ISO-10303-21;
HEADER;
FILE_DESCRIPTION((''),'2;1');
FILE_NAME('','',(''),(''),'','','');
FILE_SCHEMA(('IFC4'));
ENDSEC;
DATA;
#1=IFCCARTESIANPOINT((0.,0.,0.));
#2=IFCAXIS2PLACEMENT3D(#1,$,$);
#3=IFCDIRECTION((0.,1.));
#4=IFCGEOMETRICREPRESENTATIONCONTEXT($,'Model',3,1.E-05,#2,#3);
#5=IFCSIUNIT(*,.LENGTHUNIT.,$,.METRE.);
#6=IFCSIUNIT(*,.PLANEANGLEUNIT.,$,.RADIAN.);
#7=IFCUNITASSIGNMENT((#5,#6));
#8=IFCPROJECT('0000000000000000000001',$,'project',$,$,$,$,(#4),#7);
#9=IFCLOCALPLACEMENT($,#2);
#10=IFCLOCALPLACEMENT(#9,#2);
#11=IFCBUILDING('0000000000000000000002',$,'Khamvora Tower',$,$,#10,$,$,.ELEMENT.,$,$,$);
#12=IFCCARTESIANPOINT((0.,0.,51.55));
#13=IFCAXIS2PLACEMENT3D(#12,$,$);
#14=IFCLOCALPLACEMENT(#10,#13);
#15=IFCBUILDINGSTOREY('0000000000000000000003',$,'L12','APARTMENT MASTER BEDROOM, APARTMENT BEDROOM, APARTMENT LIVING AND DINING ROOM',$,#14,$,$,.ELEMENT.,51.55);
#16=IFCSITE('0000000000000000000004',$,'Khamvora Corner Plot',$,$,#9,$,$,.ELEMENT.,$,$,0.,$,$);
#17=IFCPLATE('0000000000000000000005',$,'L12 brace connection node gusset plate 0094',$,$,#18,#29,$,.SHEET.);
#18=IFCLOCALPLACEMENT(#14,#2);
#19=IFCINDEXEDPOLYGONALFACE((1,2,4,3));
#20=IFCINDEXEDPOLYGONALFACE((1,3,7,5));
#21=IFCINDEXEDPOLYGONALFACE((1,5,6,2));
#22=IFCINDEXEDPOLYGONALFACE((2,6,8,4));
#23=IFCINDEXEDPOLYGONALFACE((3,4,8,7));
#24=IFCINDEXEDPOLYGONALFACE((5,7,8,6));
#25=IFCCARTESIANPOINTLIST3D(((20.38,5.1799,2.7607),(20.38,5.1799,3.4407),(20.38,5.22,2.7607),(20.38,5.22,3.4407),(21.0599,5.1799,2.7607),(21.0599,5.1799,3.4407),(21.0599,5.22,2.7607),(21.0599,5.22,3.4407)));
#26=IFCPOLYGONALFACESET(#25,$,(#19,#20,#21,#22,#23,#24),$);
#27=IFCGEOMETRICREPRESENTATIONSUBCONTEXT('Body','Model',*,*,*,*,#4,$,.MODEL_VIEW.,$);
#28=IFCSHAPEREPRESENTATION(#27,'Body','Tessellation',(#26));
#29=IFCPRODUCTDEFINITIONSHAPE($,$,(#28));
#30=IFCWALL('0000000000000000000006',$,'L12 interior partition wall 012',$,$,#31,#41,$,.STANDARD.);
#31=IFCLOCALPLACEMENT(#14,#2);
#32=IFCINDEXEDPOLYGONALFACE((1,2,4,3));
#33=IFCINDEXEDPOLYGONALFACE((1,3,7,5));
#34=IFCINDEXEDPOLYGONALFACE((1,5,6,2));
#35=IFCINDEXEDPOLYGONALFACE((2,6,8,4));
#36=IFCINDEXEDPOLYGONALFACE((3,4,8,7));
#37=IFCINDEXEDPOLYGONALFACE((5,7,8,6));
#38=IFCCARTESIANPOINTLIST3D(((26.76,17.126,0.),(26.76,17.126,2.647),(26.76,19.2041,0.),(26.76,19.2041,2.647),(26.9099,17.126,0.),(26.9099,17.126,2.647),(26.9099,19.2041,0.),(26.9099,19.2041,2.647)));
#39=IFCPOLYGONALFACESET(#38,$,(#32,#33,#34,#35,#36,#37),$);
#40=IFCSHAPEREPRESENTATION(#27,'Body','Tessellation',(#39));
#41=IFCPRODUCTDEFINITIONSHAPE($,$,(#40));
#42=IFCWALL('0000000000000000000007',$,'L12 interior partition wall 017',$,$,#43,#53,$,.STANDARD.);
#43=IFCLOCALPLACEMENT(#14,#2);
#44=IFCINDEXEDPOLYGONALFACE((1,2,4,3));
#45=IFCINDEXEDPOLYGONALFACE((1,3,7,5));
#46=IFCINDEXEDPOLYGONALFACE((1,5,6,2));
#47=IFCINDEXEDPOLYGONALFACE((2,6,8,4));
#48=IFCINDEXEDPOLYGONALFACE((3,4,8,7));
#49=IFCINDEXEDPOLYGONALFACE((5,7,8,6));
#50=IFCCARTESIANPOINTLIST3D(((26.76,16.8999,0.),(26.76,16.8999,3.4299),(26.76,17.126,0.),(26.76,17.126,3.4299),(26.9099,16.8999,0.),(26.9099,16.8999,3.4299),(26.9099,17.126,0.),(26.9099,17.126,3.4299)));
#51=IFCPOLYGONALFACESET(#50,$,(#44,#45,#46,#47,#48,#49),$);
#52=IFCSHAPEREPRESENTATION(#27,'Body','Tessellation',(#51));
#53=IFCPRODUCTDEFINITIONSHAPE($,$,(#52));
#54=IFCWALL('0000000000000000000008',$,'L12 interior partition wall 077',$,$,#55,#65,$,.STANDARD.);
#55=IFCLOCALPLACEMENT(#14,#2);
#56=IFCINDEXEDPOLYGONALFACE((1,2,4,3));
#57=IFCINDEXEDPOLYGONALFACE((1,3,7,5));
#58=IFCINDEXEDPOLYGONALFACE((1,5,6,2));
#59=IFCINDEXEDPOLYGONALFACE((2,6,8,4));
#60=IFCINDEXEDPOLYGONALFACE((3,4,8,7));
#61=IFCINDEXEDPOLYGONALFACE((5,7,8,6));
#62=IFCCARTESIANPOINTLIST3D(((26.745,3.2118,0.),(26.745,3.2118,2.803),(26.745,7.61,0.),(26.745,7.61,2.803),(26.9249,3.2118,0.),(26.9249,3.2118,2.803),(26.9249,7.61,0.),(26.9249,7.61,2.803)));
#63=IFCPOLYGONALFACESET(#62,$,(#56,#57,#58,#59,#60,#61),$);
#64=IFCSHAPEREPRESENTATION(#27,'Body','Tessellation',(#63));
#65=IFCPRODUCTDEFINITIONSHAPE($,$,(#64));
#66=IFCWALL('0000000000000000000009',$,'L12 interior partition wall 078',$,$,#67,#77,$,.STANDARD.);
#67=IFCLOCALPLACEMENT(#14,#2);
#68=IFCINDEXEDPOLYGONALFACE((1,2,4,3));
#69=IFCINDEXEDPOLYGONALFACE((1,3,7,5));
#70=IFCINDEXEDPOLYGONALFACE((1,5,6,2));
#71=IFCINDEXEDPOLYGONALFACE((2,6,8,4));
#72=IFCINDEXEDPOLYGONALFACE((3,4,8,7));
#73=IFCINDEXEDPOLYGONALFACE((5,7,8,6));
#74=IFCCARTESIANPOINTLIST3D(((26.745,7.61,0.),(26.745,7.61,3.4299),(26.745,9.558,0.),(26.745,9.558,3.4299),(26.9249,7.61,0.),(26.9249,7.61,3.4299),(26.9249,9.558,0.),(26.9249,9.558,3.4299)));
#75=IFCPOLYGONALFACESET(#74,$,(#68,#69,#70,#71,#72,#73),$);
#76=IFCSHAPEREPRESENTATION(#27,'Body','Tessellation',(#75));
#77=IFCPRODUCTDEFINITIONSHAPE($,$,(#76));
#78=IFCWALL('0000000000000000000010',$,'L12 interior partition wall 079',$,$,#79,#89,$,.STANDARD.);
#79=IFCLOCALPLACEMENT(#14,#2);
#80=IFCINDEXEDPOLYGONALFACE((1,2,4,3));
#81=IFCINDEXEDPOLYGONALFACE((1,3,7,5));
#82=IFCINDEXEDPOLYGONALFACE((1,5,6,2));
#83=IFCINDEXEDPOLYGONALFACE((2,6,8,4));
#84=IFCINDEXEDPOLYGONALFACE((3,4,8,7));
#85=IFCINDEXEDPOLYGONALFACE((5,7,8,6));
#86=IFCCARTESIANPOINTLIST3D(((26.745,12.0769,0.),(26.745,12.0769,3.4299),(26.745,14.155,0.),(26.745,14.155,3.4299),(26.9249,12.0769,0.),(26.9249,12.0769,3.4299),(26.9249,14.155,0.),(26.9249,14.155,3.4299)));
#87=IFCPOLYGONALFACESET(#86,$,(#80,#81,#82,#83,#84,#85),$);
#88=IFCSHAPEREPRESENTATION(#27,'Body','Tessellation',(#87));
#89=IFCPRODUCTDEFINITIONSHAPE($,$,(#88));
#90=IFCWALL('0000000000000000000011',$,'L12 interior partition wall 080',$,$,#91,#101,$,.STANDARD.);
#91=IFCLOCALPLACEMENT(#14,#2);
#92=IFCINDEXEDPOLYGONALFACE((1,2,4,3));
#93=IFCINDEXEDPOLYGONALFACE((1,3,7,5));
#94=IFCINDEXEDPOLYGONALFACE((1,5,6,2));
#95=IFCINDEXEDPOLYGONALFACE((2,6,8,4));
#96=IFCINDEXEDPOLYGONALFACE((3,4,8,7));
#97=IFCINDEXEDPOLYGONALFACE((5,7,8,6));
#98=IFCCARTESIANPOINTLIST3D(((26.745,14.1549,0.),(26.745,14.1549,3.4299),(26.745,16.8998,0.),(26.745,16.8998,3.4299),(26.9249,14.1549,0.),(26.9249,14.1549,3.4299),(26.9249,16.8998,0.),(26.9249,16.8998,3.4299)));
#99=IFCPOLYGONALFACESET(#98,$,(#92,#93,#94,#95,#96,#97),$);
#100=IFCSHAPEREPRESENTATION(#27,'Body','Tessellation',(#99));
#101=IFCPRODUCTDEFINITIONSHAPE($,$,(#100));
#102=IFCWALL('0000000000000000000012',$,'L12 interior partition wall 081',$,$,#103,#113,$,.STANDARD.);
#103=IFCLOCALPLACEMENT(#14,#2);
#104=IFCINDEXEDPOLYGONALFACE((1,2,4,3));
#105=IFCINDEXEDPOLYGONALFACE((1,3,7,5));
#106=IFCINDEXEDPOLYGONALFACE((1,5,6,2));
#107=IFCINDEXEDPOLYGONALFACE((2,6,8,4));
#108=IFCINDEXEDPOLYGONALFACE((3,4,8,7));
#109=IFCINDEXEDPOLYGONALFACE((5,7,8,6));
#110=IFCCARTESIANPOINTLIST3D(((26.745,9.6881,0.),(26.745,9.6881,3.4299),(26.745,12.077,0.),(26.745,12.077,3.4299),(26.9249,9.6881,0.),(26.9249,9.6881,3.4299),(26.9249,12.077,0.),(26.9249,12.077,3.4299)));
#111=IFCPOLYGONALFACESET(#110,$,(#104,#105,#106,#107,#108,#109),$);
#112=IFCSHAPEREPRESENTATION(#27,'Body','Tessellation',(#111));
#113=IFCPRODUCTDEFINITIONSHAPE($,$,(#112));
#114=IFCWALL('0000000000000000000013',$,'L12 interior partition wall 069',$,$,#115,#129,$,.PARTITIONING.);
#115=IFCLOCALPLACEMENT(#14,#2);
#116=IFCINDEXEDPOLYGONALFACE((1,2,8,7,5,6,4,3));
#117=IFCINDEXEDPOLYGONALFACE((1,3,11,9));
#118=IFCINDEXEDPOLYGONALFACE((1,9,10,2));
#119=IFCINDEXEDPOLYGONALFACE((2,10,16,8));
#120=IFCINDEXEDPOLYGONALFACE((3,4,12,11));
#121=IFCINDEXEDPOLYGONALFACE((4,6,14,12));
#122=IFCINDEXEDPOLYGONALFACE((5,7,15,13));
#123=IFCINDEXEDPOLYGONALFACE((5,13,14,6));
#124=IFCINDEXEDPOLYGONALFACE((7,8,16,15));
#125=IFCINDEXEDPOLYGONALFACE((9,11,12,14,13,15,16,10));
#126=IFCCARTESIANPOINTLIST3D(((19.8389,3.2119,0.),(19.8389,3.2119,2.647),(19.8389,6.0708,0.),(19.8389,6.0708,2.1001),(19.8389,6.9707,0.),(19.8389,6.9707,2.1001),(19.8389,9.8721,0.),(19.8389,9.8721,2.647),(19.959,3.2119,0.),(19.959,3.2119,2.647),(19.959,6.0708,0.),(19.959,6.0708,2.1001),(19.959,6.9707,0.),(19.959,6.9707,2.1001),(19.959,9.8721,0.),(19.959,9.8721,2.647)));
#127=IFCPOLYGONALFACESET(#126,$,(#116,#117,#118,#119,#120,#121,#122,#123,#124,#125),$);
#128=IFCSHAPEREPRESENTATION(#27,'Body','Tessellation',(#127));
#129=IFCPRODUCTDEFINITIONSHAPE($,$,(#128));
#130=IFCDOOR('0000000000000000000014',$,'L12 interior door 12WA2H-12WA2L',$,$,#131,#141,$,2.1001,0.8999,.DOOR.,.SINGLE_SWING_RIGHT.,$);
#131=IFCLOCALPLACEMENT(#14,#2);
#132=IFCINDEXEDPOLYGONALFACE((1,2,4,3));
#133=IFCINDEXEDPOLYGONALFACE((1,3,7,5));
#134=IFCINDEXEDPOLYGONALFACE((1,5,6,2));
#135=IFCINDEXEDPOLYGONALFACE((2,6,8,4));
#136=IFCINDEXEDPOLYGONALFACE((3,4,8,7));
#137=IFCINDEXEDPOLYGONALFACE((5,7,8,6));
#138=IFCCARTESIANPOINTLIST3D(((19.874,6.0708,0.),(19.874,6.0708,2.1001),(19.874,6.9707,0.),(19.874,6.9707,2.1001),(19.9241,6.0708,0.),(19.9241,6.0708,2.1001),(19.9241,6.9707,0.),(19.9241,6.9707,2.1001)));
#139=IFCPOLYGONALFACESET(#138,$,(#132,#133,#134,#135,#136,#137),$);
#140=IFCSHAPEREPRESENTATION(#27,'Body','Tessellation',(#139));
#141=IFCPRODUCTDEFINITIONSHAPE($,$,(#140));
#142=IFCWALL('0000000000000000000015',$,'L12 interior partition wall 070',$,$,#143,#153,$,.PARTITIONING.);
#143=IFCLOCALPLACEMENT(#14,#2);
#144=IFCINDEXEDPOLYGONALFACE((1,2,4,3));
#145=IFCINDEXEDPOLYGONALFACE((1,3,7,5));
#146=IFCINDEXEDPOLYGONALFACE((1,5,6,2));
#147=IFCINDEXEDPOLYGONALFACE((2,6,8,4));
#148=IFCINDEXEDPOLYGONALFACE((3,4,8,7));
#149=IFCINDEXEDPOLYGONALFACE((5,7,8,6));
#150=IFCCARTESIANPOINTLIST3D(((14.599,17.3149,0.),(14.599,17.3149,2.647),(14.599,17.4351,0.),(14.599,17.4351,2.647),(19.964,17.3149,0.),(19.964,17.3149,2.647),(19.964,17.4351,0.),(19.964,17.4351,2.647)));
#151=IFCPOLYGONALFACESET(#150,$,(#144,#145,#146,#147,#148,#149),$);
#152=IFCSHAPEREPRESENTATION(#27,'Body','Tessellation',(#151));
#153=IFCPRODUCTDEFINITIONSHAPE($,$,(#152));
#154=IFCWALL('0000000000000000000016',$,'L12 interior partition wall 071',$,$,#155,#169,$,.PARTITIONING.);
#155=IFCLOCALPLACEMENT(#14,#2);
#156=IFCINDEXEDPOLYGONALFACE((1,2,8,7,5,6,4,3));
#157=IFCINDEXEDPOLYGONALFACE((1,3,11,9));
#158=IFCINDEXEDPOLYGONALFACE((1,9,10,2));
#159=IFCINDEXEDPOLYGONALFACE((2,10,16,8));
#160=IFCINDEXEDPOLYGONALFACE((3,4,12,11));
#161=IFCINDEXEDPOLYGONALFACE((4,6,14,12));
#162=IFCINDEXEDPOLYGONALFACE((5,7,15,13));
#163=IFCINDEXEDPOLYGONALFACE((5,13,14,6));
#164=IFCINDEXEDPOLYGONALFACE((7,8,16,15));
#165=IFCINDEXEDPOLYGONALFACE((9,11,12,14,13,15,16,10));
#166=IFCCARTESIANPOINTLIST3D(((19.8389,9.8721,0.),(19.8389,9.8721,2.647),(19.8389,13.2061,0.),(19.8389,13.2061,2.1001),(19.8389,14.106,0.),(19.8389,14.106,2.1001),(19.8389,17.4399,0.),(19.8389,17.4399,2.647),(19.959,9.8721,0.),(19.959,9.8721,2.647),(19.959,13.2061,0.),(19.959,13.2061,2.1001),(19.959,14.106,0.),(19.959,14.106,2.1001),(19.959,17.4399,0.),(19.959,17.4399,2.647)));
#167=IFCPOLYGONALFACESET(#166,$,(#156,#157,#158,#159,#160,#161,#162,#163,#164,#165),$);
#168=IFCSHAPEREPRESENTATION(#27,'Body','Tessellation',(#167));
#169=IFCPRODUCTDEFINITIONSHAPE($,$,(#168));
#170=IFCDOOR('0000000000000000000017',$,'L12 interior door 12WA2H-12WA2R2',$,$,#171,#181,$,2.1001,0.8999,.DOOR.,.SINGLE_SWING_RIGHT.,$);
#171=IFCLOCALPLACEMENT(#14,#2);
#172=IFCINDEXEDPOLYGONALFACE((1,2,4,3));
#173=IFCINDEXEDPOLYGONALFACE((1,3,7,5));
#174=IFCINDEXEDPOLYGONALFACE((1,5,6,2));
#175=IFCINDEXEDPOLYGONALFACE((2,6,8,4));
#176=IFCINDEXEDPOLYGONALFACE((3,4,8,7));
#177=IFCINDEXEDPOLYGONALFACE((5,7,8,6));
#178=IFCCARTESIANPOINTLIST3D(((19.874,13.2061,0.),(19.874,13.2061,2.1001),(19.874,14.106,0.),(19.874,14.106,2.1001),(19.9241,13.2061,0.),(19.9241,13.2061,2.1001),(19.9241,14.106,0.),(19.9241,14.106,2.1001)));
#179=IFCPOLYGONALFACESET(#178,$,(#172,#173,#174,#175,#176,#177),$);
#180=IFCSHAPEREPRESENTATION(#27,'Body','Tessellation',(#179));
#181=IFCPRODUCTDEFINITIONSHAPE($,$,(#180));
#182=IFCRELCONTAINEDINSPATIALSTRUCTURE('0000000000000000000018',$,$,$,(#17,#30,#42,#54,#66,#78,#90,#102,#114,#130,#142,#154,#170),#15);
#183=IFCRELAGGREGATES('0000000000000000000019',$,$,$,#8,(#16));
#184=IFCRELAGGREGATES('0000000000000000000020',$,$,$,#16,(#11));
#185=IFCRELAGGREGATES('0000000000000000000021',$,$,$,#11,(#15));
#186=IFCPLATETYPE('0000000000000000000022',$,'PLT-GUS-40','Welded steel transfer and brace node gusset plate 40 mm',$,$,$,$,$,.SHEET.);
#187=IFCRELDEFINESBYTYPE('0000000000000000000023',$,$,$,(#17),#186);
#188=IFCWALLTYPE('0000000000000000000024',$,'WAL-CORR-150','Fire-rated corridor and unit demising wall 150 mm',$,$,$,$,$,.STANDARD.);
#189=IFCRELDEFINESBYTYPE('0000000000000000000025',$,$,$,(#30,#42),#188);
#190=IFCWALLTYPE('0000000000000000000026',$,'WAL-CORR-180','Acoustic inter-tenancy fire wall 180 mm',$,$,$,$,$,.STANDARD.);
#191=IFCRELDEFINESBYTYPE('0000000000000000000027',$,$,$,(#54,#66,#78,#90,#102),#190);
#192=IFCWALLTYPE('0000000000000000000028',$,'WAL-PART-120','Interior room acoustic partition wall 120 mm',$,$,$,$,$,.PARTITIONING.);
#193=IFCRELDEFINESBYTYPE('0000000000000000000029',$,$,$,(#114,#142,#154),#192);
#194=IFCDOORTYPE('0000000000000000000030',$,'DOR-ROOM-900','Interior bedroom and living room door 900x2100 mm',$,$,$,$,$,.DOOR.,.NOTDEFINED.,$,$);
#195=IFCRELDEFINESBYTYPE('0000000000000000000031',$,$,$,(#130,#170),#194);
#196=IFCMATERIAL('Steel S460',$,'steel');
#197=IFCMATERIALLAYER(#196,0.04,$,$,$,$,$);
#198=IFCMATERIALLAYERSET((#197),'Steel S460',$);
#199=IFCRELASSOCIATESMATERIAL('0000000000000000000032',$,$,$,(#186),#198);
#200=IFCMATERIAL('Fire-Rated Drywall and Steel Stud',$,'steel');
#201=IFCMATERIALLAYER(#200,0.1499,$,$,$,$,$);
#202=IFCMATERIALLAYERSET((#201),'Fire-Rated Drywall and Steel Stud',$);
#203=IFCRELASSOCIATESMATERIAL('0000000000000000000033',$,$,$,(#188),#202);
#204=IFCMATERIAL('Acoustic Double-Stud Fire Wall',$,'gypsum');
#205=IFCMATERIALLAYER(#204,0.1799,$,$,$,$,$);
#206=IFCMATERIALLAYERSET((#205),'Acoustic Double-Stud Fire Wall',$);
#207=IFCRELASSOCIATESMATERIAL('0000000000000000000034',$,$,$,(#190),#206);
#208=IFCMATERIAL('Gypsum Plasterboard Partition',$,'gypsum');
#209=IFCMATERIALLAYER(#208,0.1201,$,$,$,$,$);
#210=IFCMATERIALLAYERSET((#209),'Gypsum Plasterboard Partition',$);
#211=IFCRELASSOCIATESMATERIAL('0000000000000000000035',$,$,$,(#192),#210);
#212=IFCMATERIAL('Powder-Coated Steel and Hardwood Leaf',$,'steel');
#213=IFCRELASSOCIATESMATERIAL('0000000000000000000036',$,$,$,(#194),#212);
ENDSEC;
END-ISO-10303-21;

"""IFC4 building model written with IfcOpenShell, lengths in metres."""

from ifc_helpers import new_model, si_unit, direction, frame, frame_2d, origin, origin_2d, place, context, subcontext, project, spatial, rectangle, extrude, material, layer, layer_set, type_object, element, fill, save


model = new_model("IFC4")

# Units and contexts
model_context = context("Model", 3, precision=1e-05, world=origin(), true_north=direction((0.0, 1.0)))
body_context = subcontext(model_context, "Body", "Model", "MODEL_VIEW")
ifc_project = project(units=[si_unit("LENGTHUNIT", "METRE"), si_unit("PLANEANGLEUNIT", "RADIAN")], contexts=[model_context])

# Site, building, storey
site_placement = place(None, origin())
site = spatial("IfcSite", under=ifc_project, at=site_placement, Name="Khamvora Corner Plot", CompositionType="ELEMENT", RefElevation=0.0)
building_placement = place(site_placement, origin())
building = spatial("IfcBuilding", under=site, at=building_placement, Name="Khamvora Tower", CompositionType="ELEMENT")
storey_placement = place(building_placement, frame((0.0, 0.0, 51.55)))
storey = spatial("IfcBuildingStorey", under=building, at=storey_placement, Name="L12", Description="APARTMENT MASTER BEDROOM, APARTMENT BEDROOM, APARTMENT LIVING AND DINING ROOM", CompositionType="ELEMENT", Elevation=51.55)

# Shared definitions
ifc_material_1 = material(Name="Steel S460", Category="steel")

# Plate
ifc_layer_1 = layer(ifc_material_1, 0.04)
ifc_layer_set_1 = layer_set([ifc_layer_1], Name="Steel S460")
plate_type_1 = type_object("IfcPlateType", Name="PLT-GUS-40", Description="Welded steel transfer and brace node gusset plate 40 mm", PredefinedType="SHEET", material=ifc_layer_set_1)
plate_1_placement = place(storey_placement, frame((20.72, 5.2, 2.7607), z_axis=(0.0, 0.0, 1.0), x_axis=(1.0, 0.0, 0.0)))
element("IfcPlate", 1, at=plate_1_placement, inside=storey, type_object=plate_type_1, Name="L12 brace connection node gusset plate 0094", PredefinedType="SHEET", context=body_context, shape_type="SweptSolid", body=[
    extrude(rectangle(XDim=0.6799, YDim=0.04, at=origin_2d()), origin(), (0.0, 0.0, 1.0), 0.6799),
])

# Walls
ifc_material_2 = material(Name="Fire-Rated Drywall and Steel Stud", Category="steel")
ifc_layer_2 = layer(ifc_material_2, 0.1499)
ifc_layer_set_2 = layer_set([ifc_layer_2], Name="Fire-Rated Drywall and Steel Stud")
wall_type_1 = type_object("IfcWallType", Name="WAL-CORR-150", Description="Fire-rated corridor and unit demising wall 150 mm", PredefinedType="STANDARD", material=ifc_layer_set_2)
wall_1_placement = place(storey_placement, frame((26.835, 17.126, 0.0), z_axis=(0.0, 0.0, 1.0), x_axis=(0.0, 1.0, 0.0)))
element("IfcWall", 2, at=wall_1_placement, inside=storey, type_object=wall_type_1, Name="L12 interior partition wall 012", PredefinedType="STANDARD", context=body_context, shape_type="SweptSolid", body=[
    extrude(rectangle(XDim=2.0781, YDim=0.1499, at=frame_2d((1.0391, 0.0))), origin(), (0.0, 0.0, 1.0), 2.647),
])
wall_2_placement = place(storey_placement, frame((26.835, 16.8999, 0.0), z_axis=(0.0, 0.0, 1.0), x_axis=(0.0, 1.0, 0.0)))
element("IfcWall", 3, at=wall_2_placement, inside=storey, type_object=wall_type_1, Name="L12 interior partition wall 017", PredefinedType="STANDARD", context=body_context, shape_type="SweptSolid", body=[
    extrude(rectangle(XDim=0.2261, YDim=0.1499, at=frame_2d((0.113, 0.0))), origin(), (0.0, 0.0, 1.0), 3.4299),
])
ifc_material_3 = material(Name="Acoustic Double-Stud Fire Wall", Category="gypsum")
ifc_layer_3 = layer(ifc_material_3, 0.1799)
ifc_layer_set_3 = layer_set([ifc_layer_3], Name="Acoustic Double-Stud Fire Wall")
wall_type_2 = type_object("IfcWallType", Name="WAL-CORR-180", Description="Acoustic inter-tenancy fire wall 180 mm", PredefinedType="STANDARD", material=ifc_layer_set_3)
wall_3_placement = place(storey_placement, frame((26.835, 7.6101, 0.0), z_axis=(0.0, 0.0, 1.0), x_axis=(0.0, -1.0, 0.0)))
element("IfcWall", 4, at=wall_3_placement, inside=storey, type_object=wall_type_2, Name="L12 interior partition wall 077", PredefinedType="STANDARD", context=body_context, shape_type="SweptSolid", body=[
    extrude(rectangle(XDim=4.3982, YDim=0.1799, at=frame_2d((2.1992, 0.0))), origin(), (0.0, 0.0, 1.0), 2.803),
])
wall_4_placement = place(storey_placement, frame((26.835, 9.5581, 0.0), z_axis=(0.0, 0.0, 1.0), x_axis=(0.0, -1.0, 0.0)))
element("IfcWall", 5, at=wall_4_placement, inside=storey, type_object=wall_type_2, Name="L12 interior partition wall 078", PredefinedType="STANDARD", context=body_context, shape_type="SweptSolid", body=[
    extrude(rectangle(XDim=1.948, YDim=0.1799, at=frame_2d((0.9741, 0.0))), origin(), (0.0, 0.0, 1.0), 3.4299),
])
wall_5_placement = place(storey_placement, frame((26.835, 14.155, 0.0), z_axis=(0.0, 0.0, 1.0), x_axis=(0.0, -1.0, 0.0)))
element("IfcWall", 6, at=wall_5_placement, inside=storey, type_object=wall_type_2, Name="L12 interior partition wall 079", PredefinedType="STANDARD", context=body_context, shape_type="SweptSolid", body=[
    extrude(rectangle(XDim=2.0781, YDim=0.1799, at=frame_2d((1.0391, 0.0))), origin(), (0.0, 0.0, 1.0), 3.4299),
])
wall_6_placement = place(storey_placement, frame((26.835, 16.8999, 0.0), z_axis=(0.0, 0.0, 1.0), x_axis=(0.0, -1.0, 0.0)))
element("IfcWall", 7, at=wall_6_placement, inside=storey, type_object=wall_type_2, Name="L12 interior partition wall 080", PredefinedType="STANDARD", context=body_context, shape_type="SweptSolid", body=[
    extrude(rectangle(XDim=2.7449, YDim=0.1799, at=frame_2d((1.3726, 0.0))), origin(), (0.0, 0.0, 1.0), 3.4299),
])
wall_7_placement = place(storey_placement, frame((26.835, 12.0769, 0.0), z_axis=(0.0, 0.0, 1.0), x_axis=(0.0, -1.0, 0.0)))
element("IfcWall", 8, at=wall_7_placement, inside=storey, type_object=wall_type_2, Name="L12 interior partition wall 081", PredefinedType="STANDARD", context=body_context, shape_type="SweptSolid", body=[
    extrude(rectangle(XDim=2.3889, YDim=0.1799, at=frame_2d((1.1943, 0.0))), origin(), (0.0, 0.0, 1.0), 3.4299),
])

# Wall, opening, door
ifc_material_4 = material(Name="Gypsum Plasterboard Partition", Category="gypsum")
ifc_layer_4 = layer(ifc_material_4, 0.1201)
ifc_layer_set_4 = layer_set([ifc_layer_4], Name="Gypsum Plasterboard Partition")
wall_type_3 = type_object("IfcWallType", Name="WAL-PART-120", Description="Interior room acoustic partition wall 120 mm", PredefinedType="PARTITIONING", material=ifc_layer_set_4)
wall_8_placement = place(storey_placement, frame((19.8989, 3.2119, 0.0), z_axis=(0.0, 0.0, 1.0), x_axis=(0.0, 1.0, 0.0)))
wall_8 = element("IfcWall", 9, at=wall_8_placement, inside=storey, type_object=wall_type_3, Name="L12 interior partition wall 069", PredefinedType="PARTITIONING", context=body_context, shape_type="SweptSolid", body=[
    extrude(rectangle(XDim=6.6602, YDim=0.1201, at=frame_2d((3.3301, 0.0))), origin(), (0.0, 0.0, 1.0), 2.647),
])
opening_1_placement = place(wall_8_placement, frame((2.8589, 0.0, 0.0)))
opening_1 = element("IfcOpeningElement", 10, at=opening_1_placement, cuts=wall_8, PredefinedType="OPENING", context=body_context, shape_type="SweptSolid", body=[
    extrude(rectangle(XDim=0.8999, YDim=2.1001, at=frame_2d((0.45, 1.05))), frame((0.0, 0.0701, 0.0), z_axis=(0.0, -1.0, 0.0), x_axis=(1.0, 0.0, 0.0)), (0.0, 0.0, 1.0), 0.1401),
])
ifc_material_5 = material(Name="Powder-Coated Steel and Hardwood Leaf", Category="steel")
door_type_1 = type_object("IfcDoorType", Name="DOR-ROOM-900", Description="Interior bedroom and living room door 900x2100 mm", OperationType="NOTDEFINED", PredefinedType="DOOR", material=ifc_material_5)
door_1_placement = place(opening_1_placement, origin())
door_1 = element("IfcDoor", 11, at=door_1_placement, inside=storey, type_object=door_type_1, Name="L12 interior door 12WA2H-12WA2L", OperationType="SINGLE_SWING_RIGHT", OverallHeight=2.1001, OverallWidth=0.8999, PredefinedType="DOOR", context=body_context, shape_type="SweptSolid", body=[
    extrude(rectangle(XDim=0.8999, YDim=2.1001, at=frame_2d((0.45, 1.05))), frame((0.0, 0.0249, 0.0), z_axis=(0.0, -1.0, 0.0), x_axis=(1.0, 0.0, 0.0)), (0.0, 0.0, 1.0), 0.05),
])
fill(opening_1, door_1)

# Wall
wall_9_placement = place(storey_placement, frame((19.9641, 17.375, 0.0), z_axis=(0.0, 0.0, 1.0), x_axis=(-1.0, 0.0, 0.0)))
element("IfcWall", 12, at=wall_9_placement, inside=storey, type_object=wall_type_3, Name="L12 interior partition wall 070", PredefinedType="PARTITIONING", context=body_context, shape_type="SweptSolid", body=[
    extrude(rectangle(XDim=5.365, YDim=0.1201, at=frame_2d((2.6826, 0.0))), origin(), (0.0, 0.0, 1.0), 2.647),
])

# Wall, opening, door
wall_10_placement = place(storey_placement, frame((19.8989, 9.8721, 0.0), z_axis=(0.0, 0.0, 1.0), x_axis=(0.0, 1.0, 0.0)))
wall_10 = element("IfcWall", 13, at=wall_10_placement, inside=storey, type_object=wall_type_3, Name="L12 interior partition wall 071", PredefinedType="PARTITIONING", context=body_context, shape_type="SweptSolid", body=[
    extrude(rectangle(XDim=7.5679, YDim=0.1201, at=frame_2d((3.7839, 0.0))), origin(), (0.0, 0.0, 1.0), 2.647),
])
opening_2_placement = place(wall_10_placement, frame((3.334, 0.0, 0.0)))
opening_2 = element("IfcOpeningElement", 14, at=opening_2_placement, cuts=wall_10, PredefinedType="OPENING", context=body_context, shape_type="SweptSolid", body=[
    extrude(rectangle(XDim=0.8999, YDim=2.1001, at=frame_2d((0.45, 1.05))), frame((0.0, 0.0701, 0.0), z_axis=(0.0, -1.0, 0.0), x_axis=(1.0, 0.0, 0.0)), (0.0, 0.0, 1.0), 0.1401),
])
door_2_placement = place(opening_2_placement, origin())
door_2 = element("IfcDoor", 15, at=door_2_placement, inside=storey, type_object=door_type_1, Name="L12 interior door 12WA2H-12WA2R2", OperationType="SINGLE_SWING_RIGHT", OverallHeight=2.1001, OverallWidth=0.8999, PredefinedType="DOOR", context=body_context, shape_type="SweptSolid", body=[
    extrude(rectangle(XDim=0.8999, YDim=2.1001, at=frame_2d((0.45, 1.05))), frame((0.0, 0.0249, 0.0), z_axis=(0.0, -1.0, 0.0), x_axis=(1.0, 0.0, 0.0)), (0.0, 0.0, 1.0), 0.05),
])
fill(opening_2, door_2)

save(model, "model.ifc")
